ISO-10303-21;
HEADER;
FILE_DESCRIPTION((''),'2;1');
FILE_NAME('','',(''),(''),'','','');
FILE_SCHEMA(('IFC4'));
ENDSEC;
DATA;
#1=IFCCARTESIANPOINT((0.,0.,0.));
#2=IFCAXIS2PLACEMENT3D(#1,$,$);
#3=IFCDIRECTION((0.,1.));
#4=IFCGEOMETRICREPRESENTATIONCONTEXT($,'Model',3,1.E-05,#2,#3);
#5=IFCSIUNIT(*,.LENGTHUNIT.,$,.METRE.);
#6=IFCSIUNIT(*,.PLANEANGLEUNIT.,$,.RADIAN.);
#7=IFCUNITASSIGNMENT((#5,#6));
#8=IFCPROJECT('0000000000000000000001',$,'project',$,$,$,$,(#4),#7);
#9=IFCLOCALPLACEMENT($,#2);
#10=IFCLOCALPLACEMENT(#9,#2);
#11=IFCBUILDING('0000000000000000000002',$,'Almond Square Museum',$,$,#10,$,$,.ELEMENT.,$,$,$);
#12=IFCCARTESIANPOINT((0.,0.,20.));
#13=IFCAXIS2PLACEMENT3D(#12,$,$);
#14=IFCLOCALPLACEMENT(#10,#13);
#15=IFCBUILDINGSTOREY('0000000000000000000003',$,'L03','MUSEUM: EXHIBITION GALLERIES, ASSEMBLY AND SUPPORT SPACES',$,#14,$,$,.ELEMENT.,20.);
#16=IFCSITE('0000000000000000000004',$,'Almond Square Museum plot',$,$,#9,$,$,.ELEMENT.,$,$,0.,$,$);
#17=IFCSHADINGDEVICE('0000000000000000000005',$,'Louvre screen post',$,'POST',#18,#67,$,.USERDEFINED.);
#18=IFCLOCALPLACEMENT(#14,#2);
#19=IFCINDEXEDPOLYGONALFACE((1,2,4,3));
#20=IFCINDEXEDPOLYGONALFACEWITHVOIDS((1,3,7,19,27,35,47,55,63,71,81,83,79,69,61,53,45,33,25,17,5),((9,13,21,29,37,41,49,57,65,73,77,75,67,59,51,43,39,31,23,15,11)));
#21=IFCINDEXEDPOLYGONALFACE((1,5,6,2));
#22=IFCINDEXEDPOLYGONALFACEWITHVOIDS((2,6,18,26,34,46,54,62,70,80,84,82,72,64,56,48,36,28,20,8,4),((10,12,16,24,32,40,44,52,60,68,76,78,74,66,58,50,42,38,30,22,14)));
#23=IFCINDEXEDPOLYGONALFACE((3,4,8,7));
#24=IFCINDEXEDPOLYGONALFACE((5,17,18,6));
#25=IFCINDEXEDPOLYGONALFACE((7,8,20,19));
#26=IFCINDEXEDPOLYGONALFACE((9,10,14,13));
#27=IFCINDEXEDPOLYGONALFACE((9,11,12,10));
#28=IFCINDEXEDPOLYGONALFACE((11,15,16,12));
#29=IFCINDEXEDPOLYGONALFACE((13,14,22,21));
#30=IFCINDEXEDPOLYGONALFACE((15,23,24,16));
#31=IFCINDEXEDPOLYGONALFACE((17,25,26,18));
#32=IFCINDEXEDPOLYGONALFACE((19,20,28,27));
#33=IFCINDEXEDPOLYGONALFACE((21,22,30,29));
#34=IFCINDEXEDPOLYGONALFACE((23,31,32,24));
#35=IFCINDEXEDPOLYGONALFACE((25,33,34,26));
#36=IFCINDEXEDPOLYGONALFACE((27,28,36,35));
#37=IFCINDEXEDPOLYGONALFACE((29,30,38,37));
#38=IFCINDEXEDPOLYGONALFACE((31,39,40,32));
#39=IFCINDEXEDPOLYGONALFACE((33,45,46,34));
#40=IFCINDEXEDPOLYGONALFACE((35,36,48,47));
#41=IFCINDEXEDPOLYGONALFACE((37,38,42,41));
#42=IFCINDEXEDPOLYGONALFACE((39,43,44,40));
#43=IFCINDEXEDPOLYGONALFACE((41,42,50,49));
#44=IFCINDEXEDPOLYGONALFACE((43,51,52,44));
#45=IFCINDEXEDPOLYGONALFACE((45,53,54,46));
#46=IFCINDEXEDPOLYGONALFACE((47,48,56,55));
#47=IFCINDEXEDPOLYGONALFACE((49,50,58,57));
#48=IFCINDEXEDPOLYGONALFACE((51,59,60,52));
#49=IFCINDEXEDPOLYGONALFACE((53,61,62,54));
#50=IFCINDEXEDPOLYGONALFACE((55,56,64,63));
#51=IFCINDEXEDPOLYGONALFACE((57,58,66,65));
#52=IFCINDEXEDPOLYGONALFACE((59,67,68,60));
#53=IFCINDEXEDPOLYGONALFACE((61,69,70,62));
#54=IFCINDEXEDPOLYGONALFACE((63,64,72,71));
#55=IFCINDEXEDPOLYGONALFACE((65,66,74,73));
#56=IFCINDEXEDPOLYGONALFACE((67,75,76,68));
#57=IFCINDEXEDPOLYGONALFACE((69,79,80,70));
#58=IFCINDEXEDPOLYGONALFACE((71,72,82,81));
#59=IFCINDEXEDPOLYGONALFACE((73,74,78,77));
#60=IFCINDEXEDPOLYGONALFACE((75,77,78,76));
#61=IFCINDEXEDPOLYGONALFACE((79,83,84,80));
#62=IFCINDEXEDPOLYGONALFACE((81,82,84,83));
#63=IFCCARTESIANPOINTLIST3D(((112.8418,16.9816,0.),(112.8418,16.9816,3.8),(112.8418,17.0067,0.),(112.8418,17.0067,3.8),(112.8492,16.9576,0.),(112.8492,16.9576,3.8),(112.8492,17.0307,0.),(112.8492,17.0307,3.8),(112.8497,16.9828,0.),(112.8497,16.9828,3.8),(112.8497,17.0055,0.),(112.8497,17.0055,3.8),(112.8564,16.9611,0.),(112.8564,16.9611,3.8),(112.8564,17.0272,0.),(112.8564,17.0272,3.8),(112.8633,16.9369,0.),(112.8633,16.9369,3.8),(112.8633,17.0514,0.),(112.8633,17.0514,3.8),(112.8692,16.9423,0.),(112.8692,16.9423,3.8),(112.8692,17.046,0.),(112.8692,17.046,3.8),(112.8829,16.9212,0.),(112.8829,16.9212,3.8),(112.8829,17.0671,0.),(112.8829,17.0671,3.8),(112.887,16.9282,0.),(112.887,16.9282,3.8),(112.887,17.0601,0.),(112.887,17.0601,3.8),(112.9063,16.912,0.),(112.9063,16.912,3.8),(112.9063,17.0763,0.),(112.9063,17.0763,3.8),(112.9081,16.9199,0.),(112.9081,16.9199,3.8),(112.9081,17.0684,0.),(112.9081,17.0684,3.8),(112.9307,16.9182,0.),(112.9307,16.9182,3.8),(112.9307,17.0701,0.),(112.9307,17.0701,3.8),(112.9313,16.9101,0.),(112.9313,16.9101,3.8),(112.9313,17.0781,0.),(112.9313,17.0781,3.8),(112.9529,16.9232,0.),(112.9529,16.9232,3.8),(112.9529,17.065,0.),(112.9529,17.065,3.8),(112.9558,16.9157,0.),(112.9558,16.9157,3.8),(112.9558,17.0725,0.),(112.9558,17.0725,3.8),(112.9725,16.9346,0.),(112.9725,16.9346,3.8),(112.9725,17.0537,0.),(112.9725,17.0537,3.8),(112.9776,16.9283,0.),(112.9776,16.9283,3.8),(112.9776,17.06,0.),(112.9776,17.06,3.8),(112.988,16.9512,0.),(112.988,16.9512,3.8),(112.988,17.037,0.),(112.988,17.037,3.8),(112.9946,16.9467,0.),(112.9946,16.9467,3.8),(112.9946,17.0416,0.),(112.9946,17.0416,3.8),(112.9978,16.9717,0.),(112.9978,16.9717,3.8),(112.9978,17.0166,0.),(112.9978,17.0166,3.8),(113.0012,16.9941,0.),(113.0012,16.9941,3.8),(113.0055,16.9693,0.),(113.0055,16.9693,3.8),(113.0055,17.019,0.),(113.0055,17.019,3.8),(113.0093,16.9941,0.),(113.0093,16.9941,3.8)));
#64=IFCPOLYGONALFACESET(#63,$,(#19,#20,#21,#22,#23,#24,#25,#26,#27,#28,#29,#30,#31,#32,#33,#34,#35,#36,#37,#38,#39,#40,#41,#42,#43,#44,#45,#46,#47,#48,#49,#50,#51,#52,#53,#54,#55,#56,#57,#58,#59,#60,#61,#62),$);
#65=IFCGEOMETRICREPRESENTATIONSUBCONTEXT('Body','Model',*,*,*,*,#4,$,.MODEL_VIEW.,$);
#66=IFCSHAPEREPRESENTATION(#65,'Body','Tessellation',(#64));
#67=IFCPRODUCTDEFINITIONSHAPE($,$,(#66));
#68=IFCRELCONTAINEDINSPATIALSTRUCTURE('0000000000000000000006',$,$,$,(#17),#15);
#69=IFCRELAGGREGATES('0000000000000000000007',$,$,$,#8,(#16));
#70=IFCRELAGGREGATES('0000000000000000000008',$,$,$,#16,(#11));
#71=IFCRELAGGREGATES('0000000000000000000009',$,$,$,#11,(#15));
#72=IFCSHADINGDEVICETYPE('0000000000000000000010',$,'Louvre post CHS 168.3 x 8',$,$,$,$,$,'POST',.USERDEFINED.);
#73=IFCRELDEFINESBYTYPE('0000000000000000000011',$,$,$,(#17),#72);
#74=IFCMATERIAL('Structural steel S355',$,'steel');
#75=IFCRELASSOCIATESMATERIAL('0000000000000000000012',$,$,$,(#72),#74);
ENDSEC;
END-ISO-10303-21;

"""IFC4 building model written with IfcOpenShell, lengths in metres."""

from ifc_helpers import new_model, si_unit, direction, frame, origin, origin_2d, place, context, subcontext, project, spatial, hollow_circle, extrude, material, material_profile, profile_set, type_object, element, save


model = new_model("IFC4")

# Units and contexts
model_context = context("Model", 3, precision=1e-05, world=origin(), true_north=direction((0.0, 1.0)))
body_context = subcontext(model_context, "Body", "Model", "MODEL_VIEW")
ifc_project = project(units=[si_unit("LENGTHUNIT", "METRE"), si_unit("PLANEANGLEUNIT", "RADIAN")], contexts=[model_context])

# Site, building, storey
site_placement = place(None, origin())
site = spatial("IfcSite", under=ifc_project, at=site_placement, Name="Almond Square Museum plot", CompositionType="ELEMENT", RefElevation=0.0)
building_placement = place(site_placement, origin())
building = spatial("IfcBuilding", under=site, at=building_placement, Name="Almond Square Museum", CompositionType="ELEMENT")
storey_placement = place(building_placement, frame((0.0, 0.0, 20.0)))
storey = spatial("IfcBuildingStorey", under=building, at=storey_placement, Name="L03", Description="MUSEUM: EXHIBITION GALLERIES, ASSEMBLY AND SUPPORT SPACES", CompositionType="ELEMENT", Elevation=20.0)

# Shading device
ifc_material_1 = material(Name="Structural steel S355", Category="steel")
ifc_material_profile_1 = material_profile(ifc_material_1, hollow_circle(Radius=0.0842, WallThickness=0.0081, at=origin_2d()))
ifc_profile_set_1 = profile_set([ifc_material_profile_1], Name="Structural steel S355")
shading_device_type = type_object("IfcShadingDeviceType", Name="Louvre post CHS 168.3 x 8", ElementType="POST", PredefinedType="USERDEFINED", material=ifc_profile_set_1)
for number, where, z_axis, x_axis, name in (
    (1, (112.925, 16.9941, 0.0), (0.0, 0.0, 1.0), (1.0, 0.0, 0.0), "Louvre screen post"),
):
    element("IfcShadingDevice", number, at=place(storey_placement, frame(where, z_axis=z_axis, x_axis=x_axis)), inside=storey, type_object=shading_device_type, Name=name, ObjectType="POST", PredefinedType="USERDEFINED", context=body_context, shape_type="SweptSolid", body=[
        extrude(hollow_circle(Radius=0.0842, WallThickness=0.0081, at=origin_2d()), origin(), (0.0, 0.0, 1.0), 3.8),
    ])

save(model, "model.ifc")
